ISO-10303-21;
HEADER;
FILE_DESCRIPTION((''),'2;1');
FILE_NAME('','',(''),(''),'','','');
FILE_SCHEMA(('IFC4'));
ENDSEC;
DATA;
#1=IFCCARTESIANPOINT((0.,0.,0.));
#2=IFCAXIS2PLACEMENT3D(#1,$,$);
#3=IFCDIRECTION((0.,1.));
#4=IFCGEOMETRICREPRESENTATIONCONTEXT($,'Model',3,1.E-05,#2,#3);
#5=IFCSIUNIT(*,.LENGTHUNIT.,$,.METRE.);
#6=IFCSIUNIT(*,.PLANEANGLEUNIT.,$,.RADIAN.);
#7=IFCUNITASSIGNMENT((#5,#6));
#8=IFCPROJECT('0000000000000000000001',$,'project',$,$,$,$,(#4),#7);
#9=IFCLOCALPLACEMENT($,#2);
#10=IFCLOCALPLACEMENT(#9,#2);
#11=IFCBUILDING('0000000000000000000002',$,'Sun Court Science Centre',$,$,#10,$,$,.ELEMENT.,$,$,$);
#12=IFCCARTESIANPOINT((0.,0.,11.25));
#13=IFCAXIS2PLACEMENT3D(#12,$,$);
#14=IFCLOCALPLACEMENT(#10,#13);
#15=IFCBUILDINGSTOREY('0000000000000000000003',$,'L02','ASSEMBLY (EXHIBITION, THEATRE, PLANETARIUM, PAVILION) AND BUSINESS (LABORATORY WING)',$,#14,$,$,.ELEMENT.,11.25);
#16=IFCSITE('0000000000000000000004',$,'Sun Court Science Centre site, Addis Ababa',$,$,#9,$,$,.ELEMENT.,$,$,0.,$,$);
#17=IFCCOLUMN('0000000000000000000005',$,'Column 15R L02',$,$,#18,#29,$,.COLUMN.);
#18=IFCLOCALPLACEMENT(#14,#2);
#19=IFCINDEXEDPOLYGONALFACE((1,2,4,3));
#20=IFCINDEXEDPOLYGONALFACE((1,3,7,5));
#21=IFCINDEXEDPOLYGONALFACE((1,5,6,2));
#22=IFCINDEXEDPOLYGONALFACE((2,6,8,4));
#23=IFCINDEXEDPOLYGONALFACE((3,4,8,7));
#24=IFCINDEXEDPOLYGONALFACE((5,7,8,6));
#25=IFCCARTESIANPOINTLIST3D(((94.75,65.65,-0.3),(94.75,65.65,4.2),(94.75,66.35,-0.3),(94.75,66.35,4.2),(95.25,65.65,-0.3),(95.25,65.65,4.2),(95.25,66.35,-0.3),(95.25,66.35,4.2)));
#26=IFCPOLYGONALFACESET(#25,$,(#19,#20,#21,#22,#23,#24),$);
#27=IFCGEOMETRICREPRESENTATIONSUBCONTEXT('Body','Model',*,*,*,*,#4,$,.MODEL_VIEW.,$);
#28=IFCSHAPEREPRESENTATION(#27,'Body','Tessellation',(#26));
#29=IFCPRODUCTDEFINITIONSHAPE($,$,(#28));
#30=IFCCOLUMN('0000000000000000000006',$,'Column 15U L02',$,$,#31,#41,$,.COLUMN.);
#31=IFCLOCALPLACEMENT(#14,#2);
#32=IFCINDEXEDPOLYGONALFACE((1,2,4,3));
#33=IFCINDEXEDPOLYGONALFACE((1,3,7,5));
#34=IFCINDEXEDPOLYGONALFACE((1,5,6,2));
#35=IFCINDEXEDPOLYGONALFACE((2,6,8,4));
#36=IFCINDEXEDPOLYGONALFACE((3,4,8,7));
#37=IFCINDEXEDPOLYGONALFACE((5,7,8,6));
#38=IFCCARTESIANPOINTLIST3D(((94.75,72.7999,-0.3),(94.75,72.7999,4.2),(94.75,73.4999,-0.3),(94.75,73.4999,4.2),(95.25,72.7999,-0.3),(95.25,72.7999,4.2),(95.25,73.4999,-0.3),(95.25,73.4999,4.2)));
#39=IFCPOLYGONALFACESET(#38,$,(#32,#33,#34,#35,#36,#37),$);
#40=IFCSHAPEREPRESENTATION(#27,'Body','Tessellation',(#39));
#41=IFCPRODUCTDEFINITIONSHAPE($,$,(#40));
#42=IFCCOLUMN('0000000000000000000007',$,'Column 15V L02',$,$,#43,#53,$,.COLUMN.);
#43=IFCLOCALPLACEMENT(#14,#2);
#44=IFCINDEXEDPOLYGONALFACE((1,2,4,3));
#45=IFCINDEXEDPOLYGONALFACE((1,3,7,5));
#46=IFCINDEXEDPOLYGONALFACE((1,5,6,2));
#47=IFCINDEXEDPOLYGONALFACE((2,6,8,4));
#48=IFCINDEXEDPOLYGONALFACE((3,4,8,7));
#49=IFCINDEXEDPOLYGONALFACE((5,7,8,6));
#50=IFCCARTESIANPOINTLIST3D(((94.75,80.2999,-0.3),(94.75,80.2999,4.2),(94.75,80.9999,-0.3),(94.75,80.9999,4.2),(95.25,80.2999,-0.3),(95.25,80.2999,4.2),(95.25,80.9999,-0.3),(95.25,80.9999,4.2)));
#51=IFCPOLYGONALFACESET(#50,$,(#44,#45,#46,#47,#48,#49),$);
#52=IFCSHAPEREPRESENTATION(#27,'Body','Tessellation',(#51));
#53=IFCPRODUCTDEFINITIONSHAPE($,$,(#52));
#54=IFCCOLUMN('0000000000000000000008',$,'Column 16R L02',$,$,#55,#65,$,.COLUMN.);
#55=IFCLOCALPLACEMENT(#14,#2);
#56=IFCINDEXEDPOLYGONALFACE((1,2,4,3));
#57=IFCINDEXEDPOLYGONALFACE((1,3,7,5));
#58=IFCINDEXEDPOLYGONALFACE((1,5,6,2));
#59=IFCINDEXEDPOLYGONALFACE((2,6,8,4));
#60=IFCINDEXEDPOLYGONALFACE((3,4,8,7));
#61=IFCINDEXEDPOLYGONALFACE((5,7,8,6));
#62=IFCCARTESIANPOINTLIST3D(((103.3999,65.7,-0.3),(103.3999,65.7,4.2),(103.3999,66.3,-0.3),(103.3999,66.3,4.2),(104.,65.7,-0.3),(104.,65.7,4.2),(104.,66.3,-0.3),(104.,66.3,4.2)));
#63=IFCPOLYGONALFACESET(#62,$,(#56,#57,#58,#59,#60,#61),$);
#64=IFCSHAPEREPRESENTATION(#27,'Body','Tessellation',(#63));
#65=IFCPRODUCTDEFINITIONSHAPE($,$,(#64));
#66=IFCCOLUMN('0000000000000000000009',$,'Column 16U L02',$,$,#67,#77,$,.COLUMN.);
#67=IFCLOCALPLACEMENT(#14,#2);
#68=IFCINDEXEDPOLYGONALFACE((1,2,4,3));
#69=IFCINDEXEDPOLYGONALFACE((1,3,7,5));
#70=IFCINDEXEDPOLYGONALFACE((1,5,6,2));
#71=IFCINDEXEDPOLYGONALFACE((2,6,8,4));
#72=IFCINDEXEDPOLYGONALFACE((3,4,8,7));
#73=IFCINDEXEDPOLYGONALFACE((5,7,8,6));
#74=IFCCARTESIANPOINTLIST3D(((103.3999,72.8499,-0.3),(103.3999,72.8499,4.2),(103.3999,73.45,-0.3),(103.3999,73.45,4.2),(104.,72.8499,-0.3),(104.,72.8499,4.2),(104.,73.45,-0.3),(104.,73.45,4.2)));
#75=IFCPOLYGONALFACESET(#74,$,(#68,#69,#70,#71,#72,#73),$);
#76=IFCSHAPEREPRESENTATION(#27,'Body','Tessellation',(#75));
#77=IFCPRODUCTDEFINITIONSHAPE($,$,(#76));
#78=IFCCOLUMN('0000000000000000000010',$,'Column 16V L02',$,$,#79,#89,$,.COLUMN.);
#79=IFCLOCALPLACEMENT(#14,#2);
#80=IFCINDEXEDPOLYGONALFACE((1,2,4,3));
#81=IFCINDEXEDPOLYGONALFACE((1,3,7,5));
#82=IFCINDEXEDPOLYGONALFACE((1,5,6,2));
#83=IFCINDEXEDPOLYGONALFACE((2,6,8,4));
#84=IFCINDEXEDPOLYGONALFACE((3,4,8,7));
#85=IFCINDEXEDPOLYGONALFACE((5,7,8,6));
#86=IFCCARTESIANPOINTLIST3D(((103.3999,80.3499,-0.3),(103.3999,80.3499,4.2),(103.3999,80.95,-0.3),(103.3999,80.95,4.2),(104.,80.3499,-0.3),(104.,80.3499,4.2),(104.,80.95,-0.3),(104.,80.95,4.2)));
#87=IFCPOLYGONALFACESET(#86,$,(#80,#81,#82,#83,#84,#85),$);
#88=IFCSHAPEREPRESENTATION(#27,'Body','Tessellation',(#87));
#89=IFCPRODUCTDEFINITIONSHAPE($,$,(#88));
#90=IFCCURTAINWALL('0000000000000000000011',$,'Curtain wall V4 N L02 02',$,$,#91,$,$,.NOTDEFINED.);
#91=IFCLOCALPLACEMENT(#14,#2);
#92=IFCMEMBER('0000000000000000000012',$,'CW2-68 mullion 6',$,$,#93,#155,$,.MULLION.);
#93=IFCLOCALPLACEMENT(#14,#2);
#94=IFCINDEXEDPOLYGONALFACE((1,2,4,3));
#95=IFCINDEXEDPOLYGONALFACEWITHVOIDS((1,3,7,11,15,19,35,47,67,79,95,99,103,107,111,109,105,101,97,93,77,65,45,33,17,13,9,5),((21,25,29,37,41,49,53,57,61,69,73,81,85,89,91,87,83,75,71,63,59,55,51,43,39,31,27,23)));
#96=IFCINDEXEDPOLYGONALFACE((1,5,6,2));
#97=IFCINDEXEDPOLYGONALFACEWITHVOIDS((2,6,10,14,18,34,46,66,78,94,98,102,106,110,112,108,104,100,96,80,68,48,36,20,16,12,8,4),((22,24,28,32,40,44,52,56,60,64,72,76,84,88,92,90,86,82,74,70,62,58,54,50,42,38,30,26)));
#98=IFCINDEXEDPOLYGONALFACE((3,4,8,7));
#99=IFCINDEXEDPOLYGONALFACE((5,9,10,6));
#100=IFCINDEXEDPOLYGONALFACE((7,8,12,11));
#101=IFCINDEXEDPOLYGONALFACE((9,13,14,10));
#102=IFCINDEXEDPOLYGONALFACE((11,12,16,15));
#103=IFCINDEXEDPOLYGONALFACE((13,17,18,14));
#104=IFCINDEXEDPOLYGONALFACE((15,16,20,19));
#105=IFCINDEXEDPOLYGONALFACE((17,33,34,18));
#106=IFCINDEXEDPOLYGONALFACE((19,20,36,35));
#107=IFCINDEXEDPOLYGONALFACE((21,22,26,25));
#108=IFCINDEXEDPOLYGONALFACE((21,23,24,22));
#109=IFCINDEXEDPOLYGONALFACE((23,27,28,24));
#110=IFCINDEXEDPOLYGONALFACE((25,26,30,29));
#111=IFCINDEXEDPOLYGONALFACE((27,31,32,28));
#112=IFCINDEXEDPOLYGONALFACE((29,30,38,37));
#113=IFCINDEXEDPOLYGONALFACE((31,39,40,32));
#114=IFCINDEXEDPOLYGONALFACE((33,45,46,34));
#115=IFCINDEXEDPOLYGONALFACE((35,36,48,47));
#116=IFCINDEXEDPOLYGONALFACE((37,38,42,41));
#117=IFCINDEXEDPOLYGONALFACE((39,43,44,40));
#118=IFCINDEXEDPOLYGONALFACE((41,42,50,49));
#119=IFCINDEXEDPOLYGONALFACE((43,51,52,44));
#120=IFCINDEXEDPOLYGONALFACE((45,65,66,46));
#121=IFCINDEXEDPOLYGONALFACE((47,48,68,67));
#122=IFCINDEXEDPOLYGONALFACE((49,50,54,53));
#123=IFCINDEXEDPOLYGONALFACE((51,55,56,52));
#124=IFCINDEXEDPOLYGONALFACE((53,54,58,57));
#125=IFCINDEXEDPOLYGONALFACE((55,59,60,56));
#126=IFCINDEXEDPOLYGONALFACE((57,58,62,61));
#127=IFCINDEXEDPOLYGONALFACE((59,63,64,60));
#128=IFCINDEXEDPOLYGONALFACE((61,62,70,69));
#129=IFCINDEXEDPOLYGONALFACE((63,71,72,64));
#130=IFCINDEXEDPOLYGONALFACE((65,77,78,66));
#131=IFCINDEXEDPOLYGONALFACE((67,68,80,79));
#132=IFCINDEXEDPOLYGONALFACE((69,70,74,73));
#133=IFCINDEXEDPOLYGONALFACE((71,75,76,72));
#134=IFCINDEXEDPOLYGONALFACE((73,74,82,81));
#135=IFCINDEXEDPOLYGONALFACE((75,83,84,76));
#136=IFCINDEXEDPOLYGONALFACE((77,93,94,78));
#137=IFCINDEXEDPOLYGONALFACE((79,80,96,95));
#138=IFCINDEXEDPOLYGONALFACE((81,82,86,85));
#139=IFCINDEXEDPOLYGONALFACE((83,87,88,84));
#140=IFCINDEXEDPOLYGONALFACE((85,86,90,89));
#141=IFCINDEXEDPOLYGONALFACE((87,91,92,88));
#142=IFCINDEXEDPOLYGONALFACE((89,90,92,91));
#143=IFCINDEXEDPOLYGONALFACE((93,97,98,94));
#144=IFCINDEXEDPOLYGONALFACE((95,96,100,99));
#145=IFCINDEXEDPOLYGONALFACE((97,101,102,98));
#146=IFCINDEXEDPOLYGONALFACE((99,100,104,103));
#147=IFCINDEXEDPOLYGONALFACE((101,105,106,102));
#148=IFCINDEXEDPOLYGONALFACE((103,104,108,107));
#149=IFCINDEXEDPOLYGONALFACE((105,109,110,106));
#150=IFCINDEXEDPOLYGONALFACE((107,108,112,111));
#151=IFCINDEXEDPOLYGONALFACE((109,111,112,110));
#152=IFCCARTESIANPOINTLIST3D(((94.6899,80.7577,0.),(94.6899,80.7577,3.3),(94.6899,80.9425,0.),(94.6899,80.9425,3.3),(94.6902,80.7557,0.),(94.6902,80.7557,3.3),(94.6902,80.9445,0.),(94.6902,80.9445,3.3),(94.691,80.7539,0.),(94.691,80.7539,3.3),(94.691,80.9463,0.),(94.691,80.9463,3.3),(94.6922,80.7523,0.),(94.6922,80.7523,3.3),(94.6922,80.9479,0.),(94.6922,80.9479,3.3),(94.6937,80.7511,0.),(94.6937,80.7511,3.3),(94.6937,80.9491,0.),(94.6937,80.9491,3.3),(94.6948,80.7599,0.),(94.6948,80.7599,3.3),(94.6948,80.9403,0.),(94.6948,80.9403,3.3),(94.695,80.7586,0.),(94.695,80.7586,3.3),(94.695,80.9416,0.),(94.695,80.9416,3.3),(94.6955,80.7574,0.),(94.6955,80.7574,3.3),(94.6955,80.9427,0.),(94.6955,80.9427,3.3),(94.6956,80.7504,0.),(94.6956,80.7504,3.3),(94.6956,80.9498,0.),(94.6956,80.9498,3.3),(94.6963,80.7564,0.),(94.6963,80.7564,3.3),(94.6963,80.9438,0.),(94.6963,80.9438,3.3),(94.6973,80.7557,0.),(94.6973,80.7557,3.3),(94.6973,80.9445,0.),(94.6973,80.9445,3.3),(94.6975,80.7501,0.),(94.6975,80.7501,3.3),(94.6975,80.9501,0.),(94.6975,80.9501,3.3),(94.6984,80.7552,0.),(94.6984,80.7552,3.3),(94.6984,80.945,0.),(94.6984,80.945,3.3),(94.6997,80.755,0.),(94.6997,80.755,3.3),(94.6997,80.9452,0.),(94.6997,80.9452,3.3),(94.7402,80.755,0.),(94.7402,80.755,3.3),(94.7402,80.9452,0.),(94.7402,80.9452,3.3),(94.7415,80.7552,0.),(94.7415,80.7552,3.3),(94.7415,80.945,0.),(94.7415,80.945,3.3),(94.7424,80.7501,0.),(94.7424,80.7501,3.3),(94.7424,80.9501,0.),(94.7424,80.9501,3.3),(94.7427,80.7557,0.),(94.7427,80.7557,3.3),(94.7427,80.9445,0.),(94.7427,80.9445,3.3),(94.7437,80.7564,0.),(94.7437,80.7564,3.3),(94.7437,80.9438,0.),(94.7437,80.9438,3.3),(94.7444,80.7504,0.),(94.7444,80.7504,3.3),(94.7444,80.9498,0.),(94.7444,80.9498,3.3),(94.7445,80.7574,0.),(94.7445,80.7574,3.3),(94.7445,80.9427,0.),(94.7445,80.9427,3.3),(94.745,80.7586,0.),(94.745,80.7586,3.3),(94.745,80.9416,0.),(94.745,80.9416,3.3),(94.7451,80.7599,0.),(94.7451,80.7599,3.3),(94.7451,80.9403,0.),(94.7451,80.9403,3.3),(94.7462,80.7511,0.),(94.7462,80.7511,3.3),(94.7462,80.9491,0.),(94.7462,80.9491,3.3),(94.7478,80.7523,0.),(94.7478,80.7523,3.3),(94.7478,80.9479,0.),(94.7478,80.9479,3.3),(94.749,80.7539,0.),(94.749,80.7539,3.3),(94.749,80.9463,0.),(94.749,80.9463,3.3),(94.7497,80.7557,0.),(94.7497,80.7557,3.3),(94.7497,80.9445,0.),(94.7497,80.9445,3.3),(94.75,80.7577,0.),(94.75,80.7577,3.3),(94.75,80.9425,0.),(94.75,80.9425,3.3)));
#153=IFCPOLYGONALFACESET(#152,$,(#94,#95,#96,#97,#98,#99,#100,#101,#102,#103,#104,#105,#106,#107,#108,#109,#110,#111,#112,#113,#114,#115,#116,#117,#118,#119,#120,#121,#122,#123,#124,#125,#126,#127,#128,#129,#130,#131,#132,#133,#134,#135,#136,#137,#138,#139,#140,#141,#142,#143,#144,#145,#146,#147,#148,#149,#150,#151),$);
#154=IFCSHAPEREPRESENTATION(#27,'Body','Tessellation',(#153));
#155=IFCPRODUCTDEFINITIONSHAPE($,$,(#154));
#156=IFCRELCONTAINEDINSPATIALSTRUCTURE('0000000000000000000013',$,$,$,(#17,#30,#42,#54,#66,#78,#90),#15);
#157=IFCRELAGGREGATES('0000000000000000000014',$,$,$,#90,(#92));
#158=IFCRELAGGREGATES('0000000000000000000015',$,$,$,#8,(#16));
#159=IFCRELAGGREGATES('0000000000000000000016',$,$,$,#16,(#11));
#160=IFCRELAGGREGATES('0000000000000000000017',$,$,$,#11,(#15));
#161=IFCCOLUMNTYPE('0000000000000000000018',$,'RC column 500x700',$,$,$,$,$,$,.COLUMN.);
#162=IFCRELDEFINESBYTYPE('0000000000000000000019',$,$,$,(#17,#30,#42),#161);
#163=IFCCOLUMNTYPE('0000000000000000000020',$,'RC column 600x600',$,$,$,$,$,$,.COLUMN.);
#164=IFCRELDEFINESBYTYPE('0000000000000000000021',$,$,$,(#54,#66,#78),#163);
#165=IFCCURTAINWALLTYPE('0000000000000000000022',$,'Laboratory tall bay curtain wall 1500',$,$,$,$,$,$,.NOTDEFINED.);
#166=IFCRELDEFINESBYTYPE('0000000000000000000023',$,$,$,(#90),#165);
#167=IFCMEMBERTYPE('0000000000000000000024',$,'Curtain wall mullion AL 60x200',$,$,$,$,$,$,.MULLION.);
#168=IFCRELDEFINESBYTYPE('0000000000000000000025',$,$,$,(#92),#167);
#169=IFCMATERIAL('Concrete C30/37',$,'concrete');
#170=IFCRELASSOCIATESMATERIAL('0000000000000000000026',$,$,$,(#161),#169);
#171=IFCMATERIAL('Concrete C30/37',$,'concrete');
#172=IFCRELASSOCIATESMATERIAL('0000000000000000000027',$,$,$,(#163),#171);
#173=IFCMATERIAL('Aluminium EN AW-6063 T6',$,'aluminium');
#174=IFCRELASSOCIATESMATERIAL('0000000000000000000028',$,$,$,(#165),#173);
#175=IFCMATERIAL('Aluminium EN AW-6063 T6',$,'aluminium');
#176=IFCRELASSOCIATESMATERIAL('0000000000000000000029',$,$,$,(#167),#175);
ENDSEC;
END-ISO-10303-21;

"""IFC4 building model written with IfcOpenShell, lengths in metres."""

from ifc_helpers import new_model, si_unit, direction, frame, origin, origin_2d, place, context, subcontext, project, spatial, rectangle, hollow_rectangle, extrude, material, material_profile, profile_set, type_object, element, aggregate, save


model = new_model("IFC4")

# Units and contexts
model_context = context("Model", 3, precision=1e-05, world=origin(), true_north=direction((0.0, 1.0)))
body_context = subcontext(model_context, "Body", "Model", "MODEL_VIEW")
ifc_project = project(units=[si_unit("LENGTHUNIT", "METRE"), si_unit("PLANEANGLEUNIT", "RADIAN")], contexts=[model_context])

# Site, building, storey
site_placement = place(None, origin())
site = spatial("IfcSite", under=ifc_project, at=site_placement, Name="Sun Court Science Centre site, Addis Ababa", CompositionType="ELEMENT", RefElevation=0.0)
building_placement = place(site_placement, origin())
building = spatial("IfcBuilding", under=site, at=building_placement, Name="Sun Court Science Centre", CompositionType="ELEMENT")
storey_placement = place(building_placement, frame((0.0, 0.0, 11.25)))
storey = spatial("IfcBuildingStorey", under=building, at=storey_placement, Name="L02", Description="ASSEMBLY (EXHIBITION, THEATRE, PLANETARIUM, PAVILION) AND BUSINESS (LABORATORY WING)", CompositionType="ELEMENT", Elevation=11.25)

# Columns
ifc_material_1 = material(Name="Concrete C30/37", Category="concrete")
ifc_material_profile_1 = material_profile(ifc_material_1, rectangle(XDim=0.5, YDim=0.7, at=origin_2d()), Name="RC 500x700")
ifc_profile_set_1 = profile_set([ifc_material_profile_1], Name="Concrete C30/37")
column_type_1 = type_object("IfcColumnType", Name="RC column 500x700", PredefinedType="COLUMN", material=ifc_profile_set_1)
for number, where, z_axis, x_axis, name in (
    (1, (95.0, 66.0, -0.3), (0.0, 0.0, 1.0), (1.0, 0.0, 0.0), "Column 15R L02"),
    (2, (95.0, 73.1499, -0.3), (0.0, 0.0, 1.0), (1.0, 0.0, 0.0), "Column 15U L02"),
    (3, (95.0, 80.6499, -0.3), (0.0, 0.0, 1.0), (1.0, 0.0, 0.0), "Column 15V L02"),
):
    element("IfcColumn", number, at=place(storey_placement, frame(where, z_axis=z_axis, x_axis=x_axis)), inside=storey, type_object=column_type_1, Name=name, PredefinedType="COLUMN", context=body_context, shape_type="SweptSolid", body=[
        extrude(rectangle(XDim=0.5, YDim=0.7, at=origin_2d()), origin(), (0.0, 0.0, 1.0), 4.5),
    ])
ifc_material_2 = material(Name="Concrete C30/37", Category="concrete")
ifc_material_profile_2 = material_profile(ifc_material_2, rectangle(XDim=0.6001, YDim=0.6001, at=origin_2d()), Name="RC 600x600")
ifc_profile_set_2 = profile_set([ifc_material_profile_2], Name="Concrete C30/37")
column_type_2 = type_object("IfcColumnType", Name="RC column 600x600", PredefinedType="COLUMN", material=ifc_profile_set_2)
for number, where, z_axis, x_axis, name in (
    (4, (103.7, 66.0, -0.3), (0.0, 0.0, 1.0), (1.0, 0.0, 0.0), "Column 16R L02"),
    (5, (103.7, 73.1499, -0.3), (0.0, 0.0, 1.0), (1.0, 0.0, 0.0), "Column 16U L02"),
    (6, (103.7, 80.6499, -0.3), (0.0, 0.0, 1.0), (1.0, 0.0, 0.0), "Column 16V L02"),
):
    element("IfcColumn", number, at=place(storey_placement, frame(where, z_axis=z_axis, x_axis=x_axis)), inside=storey, type_object=column_type_2, Name=name, PredefinedType="COLUMN", context=body_context, shape_type="SweptSolid", body=[
        extrude(rectangle(XDim=0.6001, YDim=0.6001, at=origin_2d()), origin(), (0.0, 0.0, 1.0), 4.5),
    ])

# Curtain wall, member
ifc_material_3 = material(Name="Aluminium EN AW-6063 T6", Category="aluminium")
curtain_wall_type = type_object("IfcCurtainWallType", Name="Laboratory tall bay curtain wall 1500", PredefinedType="NOTDEFINED", material=ifc_material_3)
curtain_wall_1_placement = place(storey_placement, origin())
curtain_wall_1 = element("IfcCurtainWall", 7, at=curtain_wall_1_placement, inside=storey, type_object=curtain_wall_type, Name="Curtain wall V4 N L02 02", PredefinedType="NOTDEFINED")
ifc_material_4 = material(Name="Aluminium EN AW-6063 T6", Category="aluminium")
ifc_material_profile_3 = material_profile(ifc_material_4, hollow_rectangle(XDim=0.0601, YDim=0.2, WallThickness=0.0049, InnerFilletRadius=0.0049, OuterFilletRadius=0.0076, at=origin_2d()), Name="AL 60x200x5")
ifc_profile_set_3 = profile_set([ifc_material_profile_3], Name="Aluminium EN AW-6063 T6")
member_type_1 = type_object("IfcMemberType", Name="Curtain wall mullion AL 60x200", PredefinedType="MULLION", material=ifc_profile_set_3)
member_1_placement = place(storey_placement, frame((94.72, 80.8501, 0.0), z_axis=(0.0, 0.0, 1.0), x_axis=(1.0, 0.0, 0.0)))
member_1 = element("IfcMember", 8, at=member_1_placement, type_object=member_type_1, Name="CW2-68 mullion 6", PredefinedType="MULLION", context=body_context, shape_type="SweptSolid", body=[
    extrude(hollow_rectangle(XDim=0.0601, YDim=0.2, WallThickness=0.0049, InnerFilletRadius=0.0049, OuterFilletRadius=0.0076, at=origin_2d()), origin(), (0.0, 0.0, 1.0), 3.3),
])

aggregate(curtain_wall_1, [member_1])

save(model, "model.ifc")
